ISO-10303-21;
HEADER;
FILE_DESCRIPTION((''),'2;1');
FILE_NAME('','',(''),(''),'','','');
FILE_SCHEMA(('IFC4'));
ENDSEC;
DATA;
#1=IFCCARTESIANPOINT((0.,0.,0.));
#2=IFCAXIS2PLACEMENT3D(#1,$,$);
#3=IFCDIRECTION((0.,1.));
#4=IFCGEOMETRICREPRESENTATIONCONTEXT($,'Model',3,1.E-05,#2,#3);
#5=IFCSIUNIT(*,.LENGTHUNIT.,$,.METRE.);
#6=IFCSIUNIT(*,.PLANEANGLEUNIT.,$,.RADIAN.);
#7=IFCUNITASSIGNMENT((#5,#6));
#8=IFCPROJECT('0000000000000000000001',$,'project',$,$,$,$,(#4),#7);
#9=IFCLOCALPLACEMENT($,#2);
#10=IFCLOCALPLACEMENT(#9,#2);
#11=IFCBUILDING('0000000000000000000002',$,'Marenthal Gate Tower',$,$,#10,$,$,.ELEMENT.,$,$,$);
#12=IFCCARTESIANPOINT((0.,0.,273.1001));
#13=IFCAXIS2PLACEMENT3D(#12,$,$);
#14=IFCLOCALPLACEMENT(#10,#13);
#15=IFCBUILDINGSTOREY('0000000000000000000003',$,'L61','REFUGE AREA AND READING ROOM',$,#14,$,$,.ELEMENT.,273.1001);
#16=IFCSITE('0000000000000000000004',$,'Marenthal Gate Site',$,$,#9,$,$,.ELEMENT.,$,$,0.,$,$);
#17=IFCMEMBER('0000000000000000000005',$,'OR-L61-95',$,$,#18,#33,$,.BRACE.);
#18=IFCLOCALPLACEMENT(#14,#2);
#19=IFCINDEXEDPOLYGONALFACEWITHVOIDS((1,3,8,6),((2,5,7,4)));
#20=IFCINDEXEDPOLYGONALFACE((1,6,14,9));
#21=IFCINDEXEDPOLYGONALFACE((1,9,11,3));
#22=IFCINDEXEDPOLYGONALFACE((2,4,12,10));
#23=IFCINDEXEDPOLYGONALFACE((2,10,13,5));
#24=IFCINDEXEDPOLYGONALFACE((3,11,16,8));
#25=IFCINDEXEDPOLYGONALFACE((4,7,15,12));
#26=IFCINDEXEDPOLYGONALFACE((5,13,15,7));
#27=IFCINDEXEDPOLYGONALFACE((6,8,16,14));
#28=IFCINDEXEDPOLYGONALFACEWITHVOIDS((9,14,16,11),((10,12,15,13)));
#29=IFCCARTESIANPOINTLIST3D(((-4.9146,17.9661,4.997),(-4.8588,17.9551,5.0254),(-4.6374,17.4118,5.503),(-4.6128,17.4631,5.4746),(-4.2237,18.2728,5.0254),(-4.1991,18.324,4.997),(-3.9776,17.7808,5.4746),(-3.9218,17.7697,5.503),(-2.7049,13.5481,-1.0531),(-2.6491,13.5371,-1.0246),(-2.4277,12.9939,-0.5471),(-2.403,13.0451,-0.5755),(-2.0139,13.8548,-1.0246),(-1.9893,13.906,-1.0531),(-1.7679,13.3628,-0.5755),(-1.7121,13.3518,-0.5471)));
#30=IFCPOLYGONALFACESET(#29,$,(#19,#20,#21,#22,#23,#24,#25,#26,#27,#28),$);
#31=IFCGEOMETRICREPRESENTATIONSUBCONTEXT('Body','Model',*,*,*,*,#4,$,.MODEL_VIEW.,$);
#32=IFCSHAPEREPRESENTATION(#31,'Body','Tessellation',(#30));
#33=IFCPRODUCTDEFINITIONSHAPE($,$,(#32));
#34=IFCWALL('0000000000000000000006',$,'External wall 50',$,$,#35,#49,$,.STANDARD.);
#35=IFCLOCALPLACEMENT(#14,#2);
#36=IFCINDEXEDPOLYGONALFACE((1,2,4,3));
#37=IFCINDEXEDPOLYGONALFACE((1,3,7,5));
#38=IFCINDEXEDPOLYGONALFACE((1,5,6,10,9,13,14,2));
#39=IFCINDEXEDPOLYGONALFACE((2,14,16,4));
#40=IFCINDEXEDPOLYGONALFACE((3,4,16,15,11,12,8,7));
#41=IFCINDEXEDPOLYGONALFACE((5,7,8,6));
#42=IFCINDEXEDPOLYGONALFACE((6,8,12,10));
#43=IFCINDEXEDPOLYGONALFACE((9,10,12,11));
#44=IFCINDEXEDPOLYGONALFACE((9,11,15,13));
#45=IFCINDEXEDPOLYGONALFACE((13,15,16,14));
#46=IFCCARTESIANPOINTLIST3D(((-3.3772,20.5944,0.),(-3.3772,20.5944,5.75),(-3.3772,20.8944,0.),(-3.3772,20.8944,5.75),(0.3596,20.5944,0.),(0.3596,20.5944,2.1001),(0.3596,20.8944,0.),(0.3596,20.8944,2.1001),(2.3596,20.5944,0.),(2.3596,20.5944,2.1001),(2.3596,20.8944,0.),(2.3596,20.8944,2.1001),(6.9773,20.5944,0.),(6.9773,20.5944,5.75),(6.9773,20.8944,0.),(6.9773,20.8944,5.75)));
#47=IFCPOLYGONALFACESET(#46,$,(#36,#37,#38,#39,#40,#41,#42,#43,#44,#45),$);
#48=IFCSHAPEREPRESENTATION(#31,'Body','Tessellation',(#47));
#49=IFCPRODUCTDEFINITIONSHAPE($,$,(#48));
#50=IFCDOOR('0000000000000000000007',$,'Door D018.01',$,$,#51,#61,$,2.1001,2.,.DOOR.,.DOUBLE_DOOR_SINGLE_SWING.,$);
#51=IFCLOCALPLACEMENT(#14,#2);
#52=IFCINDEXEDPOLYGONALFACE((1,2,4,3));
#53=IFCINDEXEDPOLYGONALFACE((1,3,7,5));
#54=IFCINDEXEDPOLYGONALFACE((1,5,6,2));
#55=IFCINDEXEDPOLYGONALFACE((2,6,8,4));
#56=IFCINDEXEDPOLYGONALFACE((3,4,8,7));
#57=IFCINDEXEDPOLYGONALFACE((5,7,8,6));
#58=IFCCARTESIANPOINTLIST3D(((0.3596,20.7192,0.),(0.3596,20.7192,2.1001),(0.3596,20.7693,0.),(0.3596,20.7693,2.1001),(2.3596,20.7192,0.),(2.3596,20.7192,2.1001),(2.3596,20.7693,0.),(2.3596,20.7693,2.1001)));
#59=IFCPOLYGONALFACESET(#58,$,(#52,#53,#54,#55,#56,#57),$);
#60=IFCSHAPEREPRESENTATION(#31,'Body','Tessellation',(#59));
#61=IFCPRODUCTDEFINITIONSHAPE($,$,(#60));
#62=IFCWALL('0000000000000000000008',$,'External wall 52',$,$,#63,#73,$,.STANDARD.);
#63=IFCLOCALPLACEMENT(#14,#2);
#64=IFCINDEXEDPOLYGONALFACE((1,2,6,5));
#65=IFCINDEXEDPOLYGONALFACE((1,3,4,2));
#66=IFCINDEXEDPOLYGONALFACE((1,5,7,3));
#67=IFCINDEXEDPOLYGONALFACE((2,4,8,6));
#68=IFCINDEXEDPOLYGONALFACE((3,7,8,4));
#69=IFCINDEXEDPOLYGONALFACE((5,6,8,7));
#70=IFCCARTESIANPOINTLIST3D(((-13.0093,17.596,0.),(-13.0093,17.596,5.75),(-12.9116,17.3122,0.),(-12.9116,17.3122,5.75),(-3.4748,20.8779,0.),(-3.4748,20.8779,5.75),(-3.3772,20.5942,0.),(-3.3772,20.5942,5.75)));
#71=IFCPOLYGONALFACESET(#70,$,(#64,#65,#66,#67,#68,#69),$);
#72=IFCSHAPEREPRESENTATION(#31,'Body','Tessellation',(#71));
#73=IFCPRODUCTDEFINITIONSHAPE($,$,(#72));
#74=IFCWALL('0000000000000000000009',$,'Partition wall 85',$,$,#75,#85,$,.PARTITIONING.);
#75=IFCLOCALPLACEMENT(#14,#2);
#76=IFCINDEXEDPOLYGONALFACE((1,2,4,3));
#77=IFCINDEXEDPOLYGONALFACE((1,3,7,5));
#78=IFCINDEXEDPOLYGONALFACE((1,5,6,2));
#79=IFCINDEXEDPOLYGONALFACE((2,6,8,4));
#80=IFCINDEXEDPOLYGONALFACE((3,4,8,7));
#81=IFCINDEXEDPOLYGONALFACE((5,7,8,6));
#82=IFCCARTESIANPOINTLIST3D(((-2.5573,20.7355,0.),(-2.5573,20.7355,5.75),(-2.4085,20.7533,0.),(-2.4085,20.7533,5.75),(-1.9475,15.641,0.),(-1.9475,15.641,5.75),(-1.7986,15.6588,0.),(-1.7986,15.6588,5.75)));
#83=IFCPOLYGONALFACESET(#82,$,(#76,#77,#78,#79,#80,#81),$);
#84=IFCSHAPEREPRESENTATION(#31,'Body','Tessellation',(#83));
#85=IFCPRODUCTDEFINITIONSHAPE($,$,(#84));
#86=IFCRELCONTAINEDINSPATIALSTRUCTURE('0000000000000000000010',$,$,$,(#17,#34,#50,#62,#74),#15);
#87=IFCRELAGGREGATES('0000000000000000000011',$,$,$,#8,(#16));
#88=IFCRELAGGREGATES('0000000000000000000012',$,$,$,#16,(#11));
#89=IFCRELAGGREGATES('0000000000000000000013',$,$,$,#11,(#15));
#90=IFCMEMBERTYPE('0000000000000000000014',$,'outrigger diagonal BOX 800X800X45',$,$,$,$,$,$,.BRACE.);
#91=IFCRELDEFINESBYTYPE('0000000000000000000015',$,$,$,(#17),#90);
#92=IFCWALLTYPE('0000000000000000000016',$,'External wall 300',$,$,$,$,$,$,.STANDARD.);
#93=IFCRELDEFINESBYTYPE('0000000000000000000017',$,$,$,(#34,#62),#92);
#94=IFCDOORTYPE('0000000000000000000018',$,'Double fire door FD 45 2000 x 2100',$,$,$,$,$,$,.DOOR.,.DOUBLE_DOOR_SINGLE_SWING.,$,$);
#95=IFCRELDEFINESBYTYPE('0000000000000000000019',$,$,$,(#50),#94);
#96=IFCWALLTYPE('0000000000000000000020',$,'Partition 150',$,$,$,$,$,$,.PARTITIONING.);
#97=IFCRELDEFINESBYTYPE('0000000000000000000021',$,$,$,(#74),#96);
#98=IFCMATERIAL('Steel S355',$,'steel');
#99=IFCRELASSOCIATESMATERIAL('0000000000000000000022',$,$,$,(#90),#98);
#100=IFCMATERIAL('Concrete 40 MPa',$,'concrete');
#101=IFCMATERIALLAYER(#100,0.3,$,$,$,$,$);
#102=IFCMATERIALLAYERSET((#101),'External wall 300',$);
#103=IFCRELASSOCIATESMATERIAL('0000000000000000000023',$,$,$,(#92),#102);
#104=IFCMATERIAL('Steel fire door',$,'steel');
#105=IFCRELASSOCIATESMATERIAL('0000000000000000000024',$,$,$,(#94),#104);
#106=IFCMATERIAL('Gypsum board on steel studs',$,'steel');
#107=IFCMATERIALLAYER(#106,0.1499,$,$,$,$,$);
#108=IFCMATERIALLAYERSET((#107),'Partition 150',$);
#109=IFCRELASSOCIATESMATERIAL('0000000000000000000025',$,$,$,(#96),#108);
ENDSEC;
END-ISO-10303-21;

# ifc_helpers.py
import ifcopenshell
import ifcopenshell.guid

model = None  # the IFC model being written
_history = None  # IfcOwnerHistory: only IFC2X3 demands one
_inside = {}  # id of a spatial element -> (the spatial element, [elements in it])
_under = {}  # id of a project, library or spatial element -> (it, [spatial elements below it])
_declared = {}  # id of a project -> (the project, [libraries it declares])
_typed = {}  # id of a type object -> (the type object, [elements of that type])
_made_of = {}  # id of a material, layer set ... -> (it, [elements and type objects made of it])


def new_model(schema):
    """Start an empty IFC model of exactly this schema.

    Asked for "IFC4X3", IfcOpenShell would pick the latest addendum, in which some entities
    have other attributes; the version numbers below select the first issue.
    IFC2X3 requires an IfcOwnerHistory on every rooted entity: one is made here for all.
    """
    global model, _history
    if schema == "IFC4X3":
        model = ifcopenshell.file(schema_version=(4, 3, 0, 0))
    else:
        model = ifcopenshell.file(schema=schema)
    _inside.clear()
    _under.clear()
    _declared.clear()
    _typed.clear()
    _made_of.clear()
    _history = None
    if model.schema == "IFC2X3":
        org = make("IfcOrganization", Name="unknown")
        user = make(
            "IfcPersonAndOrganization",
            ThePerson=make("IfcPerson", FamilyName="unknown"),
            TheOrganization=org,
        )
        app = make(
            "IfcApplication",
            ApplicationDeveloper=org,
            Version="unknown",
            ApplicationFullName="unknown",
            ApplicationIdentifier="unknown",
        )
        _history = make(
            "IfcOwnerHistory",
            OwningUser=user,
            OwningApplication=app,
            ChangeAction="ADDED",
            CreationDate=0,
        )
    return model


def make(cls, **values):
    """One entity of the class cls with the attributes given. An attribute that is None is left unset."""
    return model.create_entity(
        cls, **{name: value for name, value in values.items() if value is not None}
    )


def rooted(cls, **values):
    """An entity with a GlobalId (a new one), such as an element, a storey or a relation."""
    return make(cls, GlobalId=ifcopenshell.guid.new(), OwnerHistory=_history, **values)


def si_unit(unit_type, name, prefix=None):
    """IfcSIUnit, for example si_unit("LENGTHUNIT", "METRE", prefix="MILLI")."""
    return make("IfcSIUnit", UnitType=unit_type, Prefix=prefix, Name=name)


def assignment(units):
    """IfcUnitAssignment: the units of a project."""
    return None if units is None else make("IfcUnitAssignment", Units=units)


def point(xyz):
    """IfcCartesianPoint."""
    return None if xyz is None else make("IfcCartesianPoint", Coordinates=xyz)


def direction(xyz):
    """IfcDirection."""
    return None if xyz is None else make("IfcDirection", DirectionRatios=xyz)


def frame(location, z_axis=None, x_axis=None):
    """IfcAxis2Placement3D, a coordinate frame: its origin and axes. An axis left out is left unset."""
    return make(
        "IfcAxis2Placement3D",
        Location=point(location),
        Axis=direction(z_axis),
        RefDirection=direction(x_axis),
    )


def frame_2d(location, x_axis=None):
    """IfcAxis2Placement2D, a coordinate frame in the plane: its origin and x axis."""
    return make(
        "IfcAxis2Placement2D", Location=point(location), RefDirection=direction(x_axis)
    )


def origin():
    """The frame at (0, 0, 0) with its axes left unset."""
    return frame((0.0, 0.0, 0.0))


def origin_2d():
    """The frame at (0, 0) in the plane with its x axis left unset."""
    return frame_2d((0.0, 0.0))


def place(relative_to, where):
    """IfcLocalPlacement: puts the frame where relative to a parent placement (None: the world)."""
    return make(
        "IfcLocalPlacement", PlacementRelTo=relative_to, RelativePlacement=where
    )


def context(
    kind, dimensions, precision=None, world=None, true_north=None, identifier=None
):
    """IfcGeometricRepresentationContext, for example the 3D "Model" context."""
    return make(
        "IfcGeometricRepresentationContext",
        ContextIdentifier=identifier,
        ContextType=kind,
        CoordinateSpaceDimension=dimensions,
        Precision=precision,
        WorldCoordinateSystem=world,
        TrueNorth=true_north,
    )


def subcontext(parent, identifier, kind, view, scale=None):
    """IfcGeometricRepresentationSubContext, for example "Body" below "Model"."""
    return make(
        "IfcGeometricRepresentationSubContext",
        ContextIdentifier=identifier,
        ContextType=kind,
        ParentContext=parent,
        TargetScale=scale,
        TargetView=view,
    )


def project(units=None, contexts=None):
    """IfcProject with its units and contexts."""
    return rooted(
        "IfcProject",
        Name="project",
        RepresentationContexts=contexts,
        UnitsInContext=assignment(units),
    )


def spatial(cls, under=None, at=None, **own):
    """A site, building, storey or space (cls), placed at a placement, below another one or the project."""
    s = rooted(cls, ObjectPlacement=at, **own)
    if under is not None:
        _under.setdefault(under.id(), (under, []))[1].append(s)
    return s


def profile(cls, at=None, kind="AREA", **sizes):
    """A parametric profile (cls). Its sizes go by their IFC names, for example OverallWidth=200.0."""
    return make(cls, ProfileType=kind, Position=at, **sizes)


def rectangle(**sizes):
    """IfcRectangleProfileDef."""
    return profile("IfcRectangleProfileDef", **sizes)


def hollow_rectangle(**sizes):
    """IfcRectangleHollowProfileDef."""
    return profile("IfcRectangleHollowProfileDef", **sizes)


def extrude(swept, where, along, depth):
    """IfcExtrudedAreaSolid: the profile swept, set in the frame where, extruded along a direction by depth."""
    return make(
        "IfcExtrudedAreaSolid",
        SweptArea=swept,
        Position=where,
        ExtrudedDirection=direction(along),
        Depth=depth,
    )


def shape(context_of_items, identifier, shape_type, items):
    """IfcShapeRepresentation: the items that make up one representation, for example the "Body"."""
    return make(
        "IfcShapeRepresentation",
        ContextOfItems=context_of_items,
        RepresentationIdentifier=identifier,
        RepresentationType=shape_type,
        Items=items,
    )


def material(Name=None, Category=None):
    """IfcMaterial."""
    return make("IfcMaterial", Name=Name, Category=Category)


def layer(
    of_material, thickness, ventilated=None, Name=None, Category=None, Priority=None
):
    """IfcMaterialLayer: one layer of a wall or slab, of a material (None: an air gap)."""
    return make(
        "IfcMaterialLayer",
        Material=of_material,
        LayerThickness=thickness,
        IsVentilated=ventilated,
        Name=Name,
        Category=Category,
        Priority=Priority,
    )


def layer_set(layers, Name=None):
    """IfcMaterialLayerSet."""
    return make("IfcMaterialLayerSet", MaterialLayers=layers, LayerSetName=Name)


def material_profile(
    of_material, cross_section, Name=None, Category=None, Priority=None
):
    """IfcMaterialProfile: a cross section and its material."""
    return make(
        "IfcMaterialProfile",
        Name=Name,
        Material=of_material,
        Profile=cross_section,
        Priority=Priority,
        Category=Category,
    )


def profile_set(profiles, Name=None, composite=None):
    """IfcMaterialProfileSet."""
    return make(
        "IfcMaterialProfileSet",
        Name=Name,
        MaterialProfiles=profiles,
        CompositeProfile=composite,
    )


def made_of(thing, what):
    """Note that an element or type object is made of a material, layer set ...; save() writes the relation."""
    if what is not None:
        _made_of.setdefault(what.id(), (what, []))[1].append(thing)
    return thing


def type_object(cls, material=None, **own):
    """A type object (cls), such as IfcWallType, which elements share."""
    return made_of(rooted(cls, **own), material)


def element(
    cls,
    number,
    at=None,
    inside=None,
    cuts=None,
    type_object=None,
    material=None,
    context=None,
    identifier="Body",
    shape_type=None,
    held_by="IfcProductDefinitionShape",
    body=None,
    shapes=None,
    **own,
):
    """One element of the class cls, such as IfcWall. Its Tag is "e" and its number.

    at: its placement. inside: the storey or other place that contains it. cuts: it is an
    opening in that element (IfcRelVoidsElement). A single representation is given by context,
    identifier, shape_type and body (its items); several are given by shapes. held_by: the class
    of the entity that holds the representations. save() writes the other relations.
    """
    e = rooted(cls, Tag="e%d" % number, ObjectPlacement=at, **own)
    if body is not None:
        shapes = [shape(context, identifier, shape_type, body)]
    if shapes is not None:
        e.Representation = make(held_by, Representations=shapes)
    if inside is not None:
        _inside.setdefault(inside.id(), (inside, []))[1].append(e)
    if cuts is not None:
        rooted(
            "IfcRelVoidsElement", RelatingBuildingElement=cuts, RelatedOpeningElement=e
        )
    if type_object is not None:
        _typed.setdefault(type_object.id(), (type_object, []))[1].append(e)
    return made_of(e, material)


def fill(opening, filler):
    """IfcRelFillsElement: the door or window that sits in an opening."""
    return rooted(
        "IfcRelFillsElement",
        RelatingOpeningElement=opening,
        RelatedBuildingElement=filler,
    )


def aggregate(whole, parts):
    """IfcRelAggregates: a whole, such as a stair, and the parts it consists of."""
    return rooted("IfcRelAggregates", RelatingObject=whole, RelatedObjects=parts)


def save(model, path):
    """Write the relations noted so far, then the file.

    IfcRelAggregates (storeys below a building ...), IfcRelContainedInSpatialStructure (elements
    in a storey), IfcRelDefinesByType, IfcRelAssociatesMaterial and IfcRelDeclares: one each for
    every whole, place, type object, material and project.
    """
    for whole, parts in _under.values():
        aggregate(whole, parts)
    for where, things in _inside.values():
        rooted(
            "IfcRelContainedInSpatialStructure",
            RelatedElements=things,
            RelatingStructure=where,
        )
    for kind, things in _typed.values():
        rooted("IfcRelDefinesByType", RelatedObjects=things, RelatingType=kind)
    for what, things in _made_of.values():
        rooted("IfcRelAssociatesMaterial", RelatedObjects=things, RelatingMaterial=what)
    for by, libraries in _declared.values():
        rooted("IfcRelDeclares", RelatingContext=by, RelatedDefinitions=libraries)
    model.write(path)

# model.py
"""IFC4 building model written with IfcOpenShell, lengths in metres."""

from ifc_helpers import new_model, si_unit, direction, frame, frame_2d, origin, origin_2d, place, context, subcontext, project, spatial, rectangle, hollow_rectangle, extrude, material, layer, layer_set, material_profile, profile_set, type_object, element, fill, save


model = new_model("IFC4")

# Units and contexts
model_context = context("Model", 3, precision=1e-05, world=origin(), true_north=direction((0.0, 1.0)))
body_context = subcontext(model_context, "Body", "Model", "MODEL_VIEW")
ifc_project = project(units=[si_unit("LENGTHUNIT", "METRE"), si_unit("PLANEANGLEUNIT", "RADIAN")], contexts=[model_context])

# Site, building, storey
site_placement = place(None, origin())
site = spatial("IfcSite", under=ifc_project, at=site_placement, Name="Marenthal Gate Site", CompositionType="ELEMENT", RefElevation=0.0)
building_placement = place(site_placement, origin())
building = spatial("IfcBuilding", under=site, at=building_placement, Name="Marenthal Gate Tower", CompositionType="ELEMENT")
storey_placement = place(building_placement, frame((0.0, 0.0, 273.1001)))
storey = spatial("IfcBuildingStorey", under=building, at=storey_placement, Name="L61", Description="REFUGE AREA AND READING ROOM", CompositionType="ELEMENT", Elevation=273.1001)

# Member
ifc_material_1 = material(Name="Steel S355", Category="steel")
ifc_material_profile_1 = material_profile(ifc_material_1, hollow_rectangle(XDim=0.8, YDim=0.8, WallThickness=0.0449, at=origin_2d()), Name="BOX 800X800X45")
ifc_profile_set_1 = profile_set([ifc_material_profile_1], Name="Steel S355")
member_type_1 = type_object("IfcMemberType", Name="outrigger diagonal BOX 800X800X45", PredefinedType="BRACE", material=ifc_profile_set_1)
member_1_placement = place(storey_placement, frame((-4.4182, 17.8679, 5.25), z_axis=(0.282915, -0.565643, -0.774602), x_axis=(0.894368, 0.447332, 0.0)))
element("IfcMember", 1, at=member_1_placement, inside=storey, type_object=member_type_1, Name="OR-L61-95", PredefinedType="BRACE", context=body_context, shape_type="SweptSolid", body=[
    extrude(hollow_rectangle(XDim=0.8, YDim=0.8, WallThickness=0.0449, at=origin_2d()), origin(), (0.0, 0.0, 1.0), 7.8105),
])

# Wall, opening, door
ifc_material_2 = material(Name="Concrete 40 MPa", Category="concrete")
ifc_layer_1 = layer(ifc_material_2, 0.3)
ifc_layer_set_1 = layer_set([ifc_layer_1], Name="External wall 300")
wall_type_1 = type_object("IfcWallType", Name="External wall 300", PredefinedType="STANDARD", material=ifc_layer_set_1)
wall_1_placement = place(storey_placement, frame((-3.3772, 20.7444, 0.0), z_axis=(0.0, 0.0, 1.0), x_axis=(1.0, 0.0, 0.0)))
wall_1 = element("IfcWall", 2, at=wall_1_placement, inside=storey, type_object=wall_type_1, Name="External wall 50", PredefinedType="STANDARD", context=body_context, shape_type="SweptSolid", body=[
    extrude(rectangle(XDim=10.3545, YDim=0.3, at=frame_2d((5.1772, 0.0))), origin(), (0.0, 0.0, 1.0), 5.75),
])
opening_placement = place(wall_1_placement, frame((3.7368, 0.0, 0.0)))
opening = element("IfcOpeningElement", 3, at=opening_placement, cuts=wall_1, PredefinedType="OPENING", context=body_context, shape_type="SweptSolid", body=[
    extrude(rectangle(XDim=2.0, YDim=2.1001, at=frame_2d((1.0, 1.05))), frame((0.0, 0.1602, 0.0), z_axis=(0.0, -1.0, 0.0), x_axis=(1.0, 0.0, 0.0)), (0.0, 0.0, 1.0), 0.3201),
])
ifc_material_3 = material(Name="Steel fire door", Category="steel")
door_type = type_object("IfcDoorType", Name="Double fire door FD 45 2000 x 2100", OperationType="DOUBLE_DOOR_SINGLE_SWING", PredefinedType="DOOR", material=ifc_material_3)
door_placement = place(opening_placement, origin())
door = element("IfcDoor", 4, at=door_placement, inside=storey, type_object=door_type, Name="Door D018.01", OperationType="DOUBLE_DOOR_SINGLE_SWING", OverallHeight=2.1001, OverallWidth=2.0, PredefinedType="DOOR", context=body_context, shape_type="SweptSolid", body=[
    extrude(rectangle(XDim=2.0, YDim=2.1001, at=frame_2d((1.0, 1.05))), frame((0.0, 0.0249, 0.0), z_axis=(0.0, -1.0, 0.0), x_axis=(1.0, 0.0, 0.0)), (0.0, 0.0, 1.0), 0.05),
])
fill(opening, door)

# Walls
wall_2_placement = place(storey_placement, frame((-12.9604, 17.4541, 0.0), z_axis=(0.0, 0.0, 1.0), x_axis=(0.945549, 0.325481, 0.0)))
element("IfcWall", 5, at=wall_2_placement, inside=storey, type_object=wall_type_1, Name="External wall 52", PredefinedType="STANDARD", context=body_context, shape_type="SweptSolid", body=[
    extrude(rectangle(XDim=10.0835, YDim=0.3, at=frame_2d((5.0417, 0.0))), origin(), (0.0, 0.0, 1.0), 5.75),
])
ifc_material_4 = material(Name="Gypsum board on steel studs", Category="steel")
ifc_layer_2 = layer(ifc_material_4, 0.1499)
ifc_layer_set_2 = layer_set([ifc_layer_2], Name="Partition 150")
wall_type_2 = type_object("IfcWallType", Name="Partition 150", PredefinedType="PARTITIONING", material=ifc_layer_set_2)
wall_3_placement = place(storey_placement, frame((-1.873, 15.6499, 0.0), z_axis=(0.0, 0.0, 1.0), x_axis=(-0.118862, 0.992911, 0.0)))
element("IfcWall", 6, at=wall_3_placement, inside=storey, type_object=wall_type_2, Name="Partition wall 85", PredefinedType="PARTITIONING", context=body_context, shape_type="SweptSolid", body=[
    extrude(rectangle(XDim=5.1309, YDim=0.1499, at=frame_2d((2.5654, 0.0))), origin(), (0.0, 0.0, 1.0), 5.75),
])

save(model, "model.ifc")
